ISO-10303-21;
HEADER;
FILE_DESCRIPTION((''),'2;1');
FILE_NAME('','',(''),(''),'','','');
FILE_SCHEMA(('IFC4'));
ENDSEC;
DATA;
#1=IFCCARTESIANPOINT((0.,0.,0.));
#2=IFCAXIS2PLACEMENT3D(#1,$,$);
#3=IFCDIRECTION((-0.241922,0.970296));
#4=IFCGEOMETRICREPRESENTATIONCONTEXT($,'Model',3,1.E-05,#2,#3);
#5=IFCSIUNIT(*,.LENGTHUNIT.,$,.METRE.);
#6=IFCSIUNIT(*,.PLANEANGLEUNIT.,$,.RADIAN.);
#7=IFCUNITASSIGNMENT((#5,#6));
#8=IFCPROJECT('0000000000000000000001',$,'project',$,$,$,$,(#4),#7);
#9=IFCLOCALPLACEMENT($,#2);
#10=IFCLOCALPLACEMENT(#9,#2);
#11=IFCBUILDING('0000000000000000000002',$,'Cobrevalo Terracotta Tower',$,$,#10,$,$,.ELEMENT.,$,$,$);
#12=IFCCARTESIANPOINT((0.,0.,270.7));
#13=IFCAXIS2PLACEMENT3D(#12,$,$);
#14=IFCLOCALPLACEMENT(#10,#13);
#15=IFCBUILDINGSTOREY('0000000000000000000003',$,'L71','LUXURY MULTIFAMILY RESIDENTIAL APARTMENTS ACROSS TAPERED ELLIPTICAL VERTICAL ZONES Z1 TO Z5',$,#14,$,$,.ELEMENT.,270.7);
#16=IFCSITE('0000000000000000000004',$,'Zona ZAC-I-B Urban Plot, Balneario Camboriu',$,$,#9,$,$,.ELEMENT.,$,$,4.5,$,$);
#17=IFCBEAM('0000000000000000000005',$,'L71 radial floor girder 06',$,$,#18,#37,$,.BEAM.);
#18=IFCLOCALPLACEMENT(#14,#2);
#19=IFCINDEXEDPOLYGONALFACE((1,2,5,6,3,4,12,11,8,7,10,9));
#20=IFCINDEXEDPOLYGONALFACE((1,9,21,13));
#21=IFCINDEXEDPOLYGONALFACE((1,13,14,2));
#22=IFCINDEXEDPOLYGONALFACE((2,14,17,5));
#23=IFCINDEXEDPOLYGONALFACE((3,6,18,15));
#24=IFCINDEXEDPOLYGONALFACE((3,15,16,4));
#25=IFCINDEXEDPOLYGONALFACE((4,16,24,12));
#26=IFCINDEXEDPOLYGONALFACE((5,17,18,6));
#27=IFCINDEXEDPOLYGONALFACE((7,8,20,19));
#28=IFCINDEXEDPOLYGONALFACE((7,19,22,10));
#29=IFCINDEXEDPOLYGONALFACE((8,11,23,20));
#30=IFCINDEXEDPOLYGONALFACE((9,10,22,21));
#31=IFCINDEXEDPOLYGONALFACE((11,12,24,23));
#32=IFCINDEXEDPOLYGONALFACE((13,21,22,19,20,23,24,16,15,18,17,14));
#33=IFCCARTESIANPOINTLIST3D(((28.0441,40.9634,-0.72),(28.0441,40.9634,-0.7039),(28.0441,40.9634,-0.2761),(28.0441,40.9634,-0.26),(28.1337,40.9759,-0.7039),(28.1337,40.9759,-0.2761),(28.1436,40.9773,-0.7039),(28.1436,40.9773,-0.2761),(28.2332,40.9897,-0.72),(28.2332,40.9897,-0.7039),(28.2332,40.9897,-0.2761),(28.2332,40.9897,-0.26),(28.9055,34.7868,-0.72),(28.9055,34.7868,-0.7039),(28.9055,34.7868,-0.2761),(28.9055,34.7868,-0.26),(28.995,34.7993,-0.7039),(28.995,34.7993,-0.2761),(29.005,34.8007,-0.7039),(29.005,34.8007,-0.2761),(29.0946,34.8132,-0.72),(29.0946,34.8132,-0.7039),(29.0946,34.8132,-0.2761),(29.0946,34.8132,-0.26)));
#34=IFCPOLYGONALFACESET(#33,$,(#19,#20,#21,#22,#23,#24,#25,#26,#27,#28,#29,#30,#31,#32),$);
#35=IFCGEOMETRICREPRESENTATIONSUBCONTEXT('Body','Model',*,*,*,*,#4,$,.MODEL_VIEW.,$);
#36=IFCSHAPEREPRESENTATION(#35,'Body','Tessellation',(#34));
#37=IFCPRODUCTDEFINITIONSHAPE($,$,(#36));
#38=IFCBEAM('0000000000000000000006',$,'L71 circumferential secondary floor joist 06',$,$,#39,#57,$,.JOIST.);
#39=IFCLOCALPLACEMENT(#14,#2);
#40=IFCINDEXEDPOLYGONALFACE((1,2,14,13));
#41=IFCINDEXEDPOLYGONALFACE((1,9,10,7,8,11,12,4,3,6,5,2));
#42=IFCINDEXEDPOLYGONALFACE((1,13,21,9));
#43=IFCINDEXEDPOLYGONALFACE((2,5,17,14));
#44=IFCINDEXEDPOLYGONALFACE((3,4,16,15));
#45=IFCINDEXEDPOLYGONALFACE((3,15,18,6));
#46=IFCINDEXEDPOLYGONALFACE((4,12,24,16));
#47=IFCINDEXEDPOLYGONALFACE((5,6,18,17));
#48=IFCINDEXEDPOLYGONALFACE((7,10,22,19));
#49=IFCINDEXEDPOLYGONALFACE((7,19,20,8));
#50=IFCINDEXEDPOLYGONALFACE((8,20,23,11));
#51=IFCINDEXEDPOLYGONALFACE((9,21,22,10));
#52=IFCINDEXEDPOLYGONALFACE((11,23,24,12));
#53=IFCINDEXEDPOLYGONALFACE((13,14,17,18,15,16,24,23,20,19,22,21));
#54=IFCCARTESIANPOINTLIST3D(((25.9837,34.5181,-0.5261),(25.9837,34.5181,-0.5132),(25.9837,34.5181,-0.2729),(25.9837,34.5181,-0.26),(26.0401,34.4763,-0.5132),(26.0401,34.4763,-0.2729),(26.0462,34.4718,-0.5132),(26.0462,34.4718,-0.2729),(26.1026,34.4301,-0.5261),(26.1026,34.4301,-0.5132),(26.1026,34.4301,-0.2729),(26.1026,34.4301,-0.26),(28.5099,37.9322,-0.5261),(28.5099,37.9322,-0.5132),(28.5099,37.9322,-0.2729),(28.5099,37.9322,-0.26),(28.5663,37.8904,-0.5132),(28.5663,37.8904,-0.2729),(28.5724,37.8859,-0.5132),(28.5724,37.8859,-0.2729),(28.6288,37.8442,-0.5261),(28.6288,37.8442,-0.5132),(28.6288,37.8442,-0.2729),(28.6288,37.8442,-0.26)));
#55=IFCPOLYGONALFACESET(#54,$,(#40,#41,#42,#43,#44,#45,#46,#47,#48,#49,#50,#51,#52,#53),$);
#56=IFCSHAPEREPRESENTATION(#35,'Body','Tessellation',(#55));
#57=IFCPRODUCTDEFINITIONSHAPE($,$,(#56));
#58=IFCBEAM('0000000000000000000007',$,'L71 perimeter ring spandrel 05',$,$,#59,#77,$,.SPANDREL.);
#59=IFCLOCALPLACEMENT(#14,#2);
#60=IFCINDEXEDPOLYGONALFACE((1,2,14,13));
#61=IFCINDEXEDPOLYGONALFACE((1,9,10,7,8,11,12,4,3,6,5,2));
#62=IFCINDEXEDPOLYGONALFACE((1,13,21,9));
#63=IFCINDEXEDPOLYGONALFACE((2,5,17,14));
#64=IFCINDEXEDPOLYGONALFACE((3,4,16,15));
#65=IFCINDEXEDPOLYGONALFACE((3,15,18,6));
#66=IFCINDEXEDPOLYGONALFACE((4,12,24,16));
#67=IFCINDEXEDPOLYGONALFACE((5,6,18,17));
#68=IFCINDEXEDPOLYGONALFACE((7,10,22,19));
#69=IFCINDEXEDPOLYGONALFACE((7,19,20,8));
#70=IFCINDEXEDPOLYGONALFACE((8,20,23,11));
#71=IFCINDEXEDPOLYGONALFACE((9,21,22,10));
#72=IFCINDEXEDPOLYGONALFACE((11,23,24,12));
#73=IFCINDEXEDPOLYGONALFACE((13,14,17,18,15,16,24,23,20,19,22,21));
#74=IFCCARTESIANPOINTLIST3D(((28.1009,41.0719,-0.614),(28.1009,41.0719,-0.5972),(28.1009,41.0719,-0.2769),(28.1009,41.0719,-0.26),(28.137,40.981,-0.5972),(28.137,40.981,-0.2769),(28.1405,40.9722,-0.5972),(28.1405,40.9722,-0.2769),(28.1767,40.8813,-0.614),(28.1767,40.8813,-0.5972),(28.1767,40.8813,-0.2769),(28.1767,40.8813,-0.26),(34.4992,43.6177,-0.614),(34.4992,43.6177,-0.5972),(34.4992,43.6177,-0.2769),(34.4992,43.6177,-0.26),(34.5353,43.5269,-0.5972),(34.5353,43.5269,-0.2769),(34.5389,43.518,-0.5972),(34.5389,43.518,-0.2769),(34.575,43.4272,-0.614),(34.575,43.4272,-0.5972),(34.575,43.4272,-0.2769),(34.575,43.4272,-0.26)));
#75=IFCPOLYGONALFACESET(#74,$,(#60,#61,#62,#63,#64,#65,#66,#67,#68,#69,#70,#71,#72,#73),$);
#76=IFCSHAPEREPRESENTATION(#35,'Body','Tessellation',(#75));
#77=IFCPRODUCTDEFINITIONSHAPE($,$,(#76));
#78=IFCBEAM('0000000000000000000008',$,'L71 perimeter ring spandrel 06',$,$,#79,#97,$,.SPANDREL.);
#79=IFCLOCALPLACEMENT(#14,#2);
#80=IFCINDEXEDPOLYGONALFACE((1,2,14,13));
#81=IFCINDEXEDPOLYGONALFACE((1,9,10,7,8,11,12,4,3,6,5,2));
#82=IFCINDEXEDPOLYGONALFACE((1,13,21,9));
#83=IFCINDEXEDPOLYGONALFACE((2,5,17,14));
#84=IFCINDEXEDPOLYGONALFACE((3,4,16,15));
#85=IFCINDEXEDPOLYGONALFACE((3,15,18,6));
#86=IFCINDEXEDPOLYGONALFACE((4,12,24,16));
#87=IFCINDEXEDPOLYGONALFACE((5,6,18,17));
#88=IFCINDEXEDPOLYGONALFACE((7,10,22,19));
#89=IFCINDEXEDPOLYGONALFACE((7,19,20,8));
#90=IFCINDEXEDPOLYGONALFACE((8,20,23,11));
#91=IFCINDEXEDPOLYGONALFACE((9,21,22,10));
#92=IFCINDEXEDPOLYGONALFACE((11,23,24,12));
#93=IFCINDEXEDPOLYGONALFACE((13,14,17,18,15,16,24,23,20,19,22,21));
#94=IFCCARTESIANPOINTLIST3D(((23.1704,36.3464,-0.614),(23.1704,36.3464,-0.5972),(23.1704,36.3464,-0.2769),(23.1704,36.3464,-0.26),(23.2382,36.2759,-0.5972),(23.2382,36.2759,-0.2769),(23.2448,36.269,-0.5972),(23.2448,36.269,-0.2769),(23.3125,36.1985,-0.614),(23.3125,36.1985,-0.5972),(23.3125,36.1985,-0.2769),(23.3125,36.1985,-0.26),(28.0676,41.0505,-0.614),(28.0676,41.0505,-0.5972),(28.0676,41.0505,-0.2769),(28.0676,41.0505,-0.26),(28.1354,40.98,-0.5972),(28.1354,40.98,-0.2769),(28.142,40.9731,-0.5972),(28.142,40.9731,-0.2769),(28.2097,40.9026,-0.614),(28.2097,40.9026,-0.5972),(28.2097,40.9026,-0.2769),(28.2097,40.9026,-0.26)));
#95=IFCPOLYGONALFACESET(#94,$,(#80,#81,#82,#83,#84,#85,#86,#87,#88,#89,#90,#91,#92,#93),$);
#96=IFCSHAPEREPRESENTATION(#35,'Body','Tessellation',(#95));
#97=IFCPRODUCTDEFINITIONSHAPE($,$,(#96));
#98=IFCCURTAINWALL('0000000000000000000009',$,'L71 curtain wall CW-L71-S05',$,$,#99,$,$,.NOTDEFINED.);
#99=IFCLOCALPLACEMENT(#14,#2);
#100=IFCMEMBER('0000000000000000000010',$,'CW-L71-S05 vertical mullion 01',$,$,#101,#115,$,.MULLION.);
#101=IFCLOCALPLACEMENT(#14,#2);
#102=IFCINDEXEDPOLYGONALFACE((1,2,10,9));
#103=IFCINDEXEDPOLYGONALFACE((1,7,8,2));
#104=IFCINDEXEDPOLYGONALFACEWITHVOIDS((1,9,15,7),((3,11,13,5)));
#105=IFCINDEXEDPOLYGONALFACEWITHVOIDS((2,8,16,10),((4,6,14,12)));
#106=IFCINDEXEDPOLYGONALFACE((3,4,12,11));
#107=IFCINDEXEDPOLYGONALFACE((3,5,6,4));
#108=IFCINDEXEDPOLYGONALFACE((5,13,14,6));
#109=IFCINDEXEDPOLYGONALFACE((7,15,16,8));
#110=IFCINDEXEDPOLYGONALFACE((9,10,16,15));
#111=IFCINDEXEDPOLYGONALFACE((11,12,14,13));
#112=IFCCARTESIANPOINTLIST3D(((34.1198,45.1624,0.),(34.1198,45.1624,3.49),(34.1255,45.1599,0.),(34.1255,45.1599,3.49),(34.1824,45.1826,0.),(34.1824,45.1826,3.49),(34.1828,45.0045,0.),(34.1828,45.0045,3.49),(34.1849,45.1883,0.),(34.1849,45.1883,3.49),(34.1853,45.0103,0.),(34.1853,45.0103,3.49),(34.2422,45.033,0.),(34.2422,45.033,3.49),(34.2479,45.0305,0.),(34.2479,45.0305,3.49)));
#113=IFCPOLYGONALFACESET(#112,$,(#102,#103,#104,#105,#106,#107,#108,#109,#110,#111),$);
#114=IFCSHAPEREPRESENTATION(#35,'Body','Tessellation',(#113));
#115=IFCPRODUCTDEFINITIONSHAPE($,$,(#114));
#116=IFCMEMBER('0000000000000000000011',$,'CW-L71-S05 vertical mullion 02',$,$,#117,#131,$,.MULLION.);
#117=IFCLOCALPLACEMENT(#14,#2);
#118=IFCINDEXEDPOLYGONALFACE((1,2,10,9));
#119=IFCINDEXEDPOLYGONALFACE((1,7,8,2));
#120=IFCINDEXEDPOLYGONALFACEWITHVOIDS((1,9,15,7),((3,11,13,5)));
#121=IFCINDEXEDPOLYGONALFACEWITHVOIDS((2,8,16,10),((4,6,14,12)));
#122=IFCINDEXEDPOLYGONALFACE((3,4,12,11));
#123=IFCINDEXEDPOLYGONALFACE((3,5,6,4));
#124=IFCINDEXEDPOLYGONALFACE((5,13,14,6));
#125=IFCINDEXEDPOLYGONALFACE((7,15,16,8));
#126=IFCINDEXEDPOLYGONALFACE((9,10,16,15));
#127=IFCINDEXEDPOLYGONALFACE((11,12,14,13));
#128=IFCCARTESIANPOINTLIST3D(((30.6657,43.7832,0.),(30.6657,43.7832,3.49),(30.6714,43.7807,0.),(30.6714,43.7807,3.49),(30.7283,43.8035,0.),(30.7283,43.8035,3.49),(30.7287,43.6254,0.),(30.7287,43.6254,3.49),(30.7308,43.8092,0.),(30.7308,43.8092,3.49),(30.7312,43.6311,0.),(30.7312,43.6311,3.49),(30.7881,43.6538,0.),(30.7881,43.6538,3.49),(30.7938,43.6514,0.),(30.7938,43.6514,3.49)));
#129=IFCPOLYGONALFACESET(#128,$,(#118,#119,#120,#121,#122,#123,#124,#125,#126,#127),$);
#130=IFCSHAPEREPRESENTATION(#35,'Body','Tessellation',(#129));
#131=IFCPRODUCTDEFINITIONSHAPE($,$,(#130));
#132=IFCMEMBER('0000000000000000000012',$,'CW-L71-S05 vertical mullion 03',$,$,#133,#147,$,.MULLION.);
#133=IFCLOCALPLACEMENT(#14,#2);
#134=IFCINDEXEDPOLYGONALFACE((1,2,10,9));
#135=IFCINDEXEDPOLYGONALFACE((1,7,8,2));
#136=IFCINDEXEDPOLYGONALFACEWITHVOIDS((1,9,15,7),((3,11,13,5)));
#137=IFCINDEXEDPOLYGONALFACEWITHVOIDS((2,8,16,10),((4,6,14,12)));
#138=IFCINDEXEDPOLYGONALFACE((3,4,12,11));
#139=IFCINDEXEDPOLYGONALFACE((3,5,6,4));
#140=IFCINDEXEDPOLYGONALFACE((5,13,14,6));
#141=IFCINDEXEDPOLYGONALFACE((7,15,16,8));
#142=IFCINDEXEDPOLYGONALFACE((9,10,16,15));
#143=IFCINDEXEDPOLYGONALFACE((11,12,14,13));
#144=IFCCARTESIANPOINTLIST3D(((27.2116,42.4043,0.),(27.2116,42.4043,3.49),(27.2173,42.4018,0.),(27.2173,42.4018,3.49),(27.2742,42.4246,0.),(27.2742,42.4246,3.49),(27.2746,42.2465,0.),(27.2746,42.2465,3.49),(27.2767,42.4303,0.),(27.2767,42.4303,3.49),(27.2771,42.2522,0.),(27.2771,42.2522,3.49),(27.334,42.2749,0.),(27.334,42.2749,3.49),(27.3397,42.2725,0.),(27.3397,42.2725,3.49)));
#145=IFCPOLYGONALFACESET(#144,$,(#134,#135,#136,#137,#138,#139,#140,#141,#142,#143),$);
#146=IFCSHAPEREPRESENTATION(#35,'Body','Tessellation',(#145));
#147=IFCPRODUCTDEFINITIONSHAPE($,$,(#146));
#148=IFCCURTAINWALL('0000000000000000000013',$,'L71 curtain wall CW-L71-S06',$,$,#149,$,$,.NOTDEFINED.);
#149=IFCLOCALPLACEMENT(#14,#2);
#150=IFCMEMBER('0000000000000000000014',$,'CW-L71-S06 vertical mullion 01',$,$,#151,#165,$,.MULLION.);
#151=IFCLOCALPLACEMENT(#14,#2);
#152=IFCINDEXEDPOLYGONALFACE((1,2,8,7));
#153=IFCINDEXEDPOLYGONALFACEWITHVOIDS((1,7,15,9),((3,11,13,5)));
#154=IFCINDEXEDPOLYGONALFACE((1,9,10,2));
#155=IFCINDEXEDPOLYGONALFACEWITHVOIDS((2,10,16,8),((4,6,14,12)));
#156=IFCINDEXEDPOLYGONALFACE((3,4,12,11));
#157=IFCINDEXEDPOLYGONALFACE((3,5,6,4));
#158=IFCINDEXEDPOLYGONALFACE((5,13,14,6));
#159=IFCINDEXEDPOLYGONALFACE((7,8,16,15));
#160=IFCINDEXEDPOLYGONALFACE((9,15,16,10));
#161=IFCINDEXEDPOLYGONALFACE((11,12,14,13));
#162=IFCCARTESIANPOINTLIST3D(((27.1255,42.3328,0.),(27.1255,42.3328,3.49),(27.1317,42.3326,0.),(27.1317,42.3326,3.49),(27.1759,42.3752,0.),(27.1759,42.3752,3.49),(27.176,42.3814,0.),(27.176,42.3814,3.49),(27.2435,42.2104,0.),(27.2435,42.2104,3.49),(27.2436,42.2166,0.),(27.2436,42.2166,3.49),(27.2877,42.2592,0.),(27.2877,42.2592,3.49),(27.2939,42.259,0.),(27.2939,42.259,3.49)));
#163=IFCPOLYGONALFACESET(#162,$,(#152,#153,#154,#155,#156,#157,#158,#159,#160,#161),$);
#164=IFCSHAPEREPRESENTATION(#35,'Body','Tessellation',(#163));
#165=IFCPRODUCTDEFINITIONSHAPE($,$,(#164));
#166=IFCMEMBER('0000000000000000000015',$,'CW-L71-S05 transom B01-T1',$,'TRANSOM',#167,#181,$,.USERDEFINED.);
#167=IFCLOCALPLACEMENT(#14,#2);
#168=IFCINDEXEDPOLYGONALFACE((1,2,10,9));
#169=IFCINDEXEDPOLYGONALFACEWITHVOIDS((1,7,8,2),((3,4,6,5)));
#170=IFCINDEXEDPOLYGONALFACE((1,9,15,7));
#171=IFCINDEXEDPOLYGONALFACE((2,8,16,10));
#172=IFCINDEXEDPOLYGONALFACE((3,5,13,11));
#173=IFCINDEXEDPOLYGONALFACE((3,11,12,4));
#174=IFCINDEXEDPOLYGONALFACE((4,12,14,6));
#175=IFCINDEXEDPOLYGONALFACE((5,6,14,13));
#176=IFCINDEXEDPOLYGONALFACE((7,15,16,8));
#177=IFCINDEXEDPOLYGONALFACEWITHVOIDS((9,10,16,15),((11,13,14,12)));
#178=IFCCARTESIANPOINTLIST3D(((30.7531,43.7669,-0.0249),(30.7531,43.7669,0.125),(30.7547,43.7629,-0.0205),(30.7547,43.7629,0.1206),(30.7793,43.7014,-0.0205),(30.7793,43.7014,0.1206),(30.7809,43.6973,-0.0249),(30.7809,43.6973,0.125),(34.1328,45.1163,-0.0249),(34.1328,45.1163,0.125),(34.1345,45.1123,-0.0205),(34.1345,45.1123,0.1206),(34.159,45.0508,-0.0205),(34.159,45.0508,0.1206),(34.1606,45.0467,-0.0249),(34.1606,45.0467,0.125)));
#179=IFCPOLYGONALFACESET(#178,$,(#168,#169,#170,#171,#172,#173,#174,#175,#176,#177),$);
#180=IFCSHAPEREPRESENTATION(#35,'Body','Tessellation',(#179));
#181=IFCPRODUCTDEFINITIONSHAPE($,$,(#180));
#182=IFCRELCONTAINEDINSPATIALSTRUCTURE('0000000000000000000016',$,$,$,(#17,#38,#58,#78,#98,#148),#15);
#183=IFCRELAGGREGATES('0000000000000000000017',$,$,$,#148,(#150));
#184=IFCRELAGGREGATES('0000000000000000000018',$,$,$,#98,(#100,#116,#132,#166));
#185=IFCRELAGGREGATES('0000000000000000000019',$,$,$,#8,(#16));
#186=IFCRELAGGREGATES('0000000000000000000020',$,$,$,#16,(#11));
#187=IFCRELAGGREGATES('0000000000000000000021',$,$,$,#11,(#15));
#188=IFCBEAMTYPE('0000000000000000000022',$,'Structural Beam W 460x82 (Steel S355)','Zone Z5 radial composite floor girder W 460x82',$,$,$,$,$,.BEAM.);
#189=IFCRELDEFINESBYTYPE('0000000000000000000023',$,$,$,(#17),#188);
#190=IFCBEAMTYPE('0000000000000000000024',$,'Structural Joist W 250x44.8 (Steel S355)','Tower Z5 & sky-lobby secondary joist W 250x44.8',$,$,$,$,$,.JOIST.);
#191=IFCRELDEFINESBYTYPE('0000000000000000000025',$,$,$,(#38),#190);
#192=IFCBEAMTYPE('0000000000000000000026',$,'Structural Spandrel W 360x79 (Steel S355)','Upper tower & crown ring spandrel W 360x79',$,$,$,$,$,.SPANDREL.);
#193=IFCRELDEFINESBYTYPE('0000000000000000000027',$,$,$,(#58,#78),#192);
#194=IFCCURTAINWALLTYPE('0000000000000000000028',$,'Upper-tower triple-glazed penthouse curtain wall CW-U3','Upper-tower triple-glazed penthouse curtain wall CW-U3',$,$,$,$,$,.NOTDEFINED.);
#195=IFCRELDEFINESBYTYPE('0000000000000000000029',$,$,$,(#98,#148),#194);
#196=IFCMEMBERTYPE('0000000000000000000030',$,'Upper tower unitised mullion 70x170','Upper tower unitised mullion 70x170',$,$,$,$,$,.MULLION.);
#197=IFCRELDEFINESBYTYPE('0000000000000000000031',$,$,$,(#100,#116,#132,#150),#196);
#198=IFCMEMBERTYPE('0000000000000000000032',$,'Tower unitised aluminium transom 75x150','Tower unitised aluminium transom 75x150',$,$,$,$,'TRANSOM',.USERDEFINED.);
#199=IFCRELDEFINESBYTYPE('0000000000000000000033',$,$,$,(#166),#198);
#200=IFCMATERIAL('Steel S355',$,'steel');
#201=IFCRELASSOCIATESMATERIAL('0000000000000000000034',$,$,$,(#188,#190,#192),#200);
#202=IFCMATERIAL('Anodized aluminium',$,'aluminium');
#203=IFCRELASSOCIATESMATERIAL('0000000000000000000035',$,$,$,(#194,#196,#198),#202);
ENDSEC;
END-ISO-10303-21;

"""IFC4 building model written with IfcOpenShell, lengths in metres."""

from ifc_helpers import new_model, si_unit, direction, frame, origin, origin_2d, place, context, subcontext, project, spatial, hollow_rectangle, i_section, extrude, source, transform, mapped, material, material_profile, profile_set, type_object, element, aggregate, save


model = new_model("IFC4")

# Units and contexts
model_context = context("Model", 3, precision=1e-05, world=origin(), true_north=direction((-0.241922, 0.970296)))
body_context = subcontext(model_context, "Body", "Model", "MODEL_VIEW")
ifc_project = project(units=[si_unit("LENGTHUNIT", "METRE"), si_unit("PLANEANGLEUNIT", "RADIAN")], contexts=[model_context])

# Site, building, storey
site_placement = place(None, origin())
site = spatial("IfcSite", under=ifc_project, at=site_placement, Name="Zona ZAC-I-B Urban Plot, Balneario Camboriu", CompositionType="ELEMENT", RefElevation=4.5)
building_placement = place(site_placement, origin())
building = spatial("IfcBuilding", under=site, at=building_placement, Name="Cobrevalo Terracotta Tower", CompositionType="ELEMENT")
storey_placement = place(building_placement, frame((0.0, 0.0, 270.7)))
storey = spatial("IfcBuildingStorey", under=building, at=storey_placement, Name="L71", Description="LUXURY MULTIFAMILY RESIDENTIAL APARTMENTS ACROSS TAPERED ELLIPTICAL VERTICAL ZONES Z1 TO Z5", CompositionType="ELEMENT", Elevation=270.7)

# Shared definitions
ifc_material_1 = material(Name="Steel S355", Category="steel")

# Beams
ifc_material_profile_1 = material_profile(ifc_material_1, i_section(OverallWidth=0.1909, OverallDepth=0.46, WebThickness=0.01, FlangeThickness=0.0161, at=origin_2d()), Name="W 460x82")
ifc_profile_set_1 = profile_set([ifc_material_profile_1], Name="Steel S355")
beam_type_1 = type_object("IfcBeamType", Name="Structural Beam W 460x82 (Steel S355)", Description="Zone Z5 radial composite floor girder W 460x82", PredefinedType="BEAM", material=ifc_profile_set_1)
beam_1_placement = place(storey_placement, frame((28.1387, 40.9766, -0.49), z_axis=(0.138116, -0.990416, 0.0), x_axis=(0.990416, 0.138116, 0.0)))
element("IfcBeam", 1, at=beam_1_placement, inside=storey, type_object=beam_type_1, Name="L71 radial floor girder 06", PredefinedType="BEAM", context=body_context, shape_type="SweptSolid", body=[
    extrude(i_section(OverallWidth=0.1909, OverallDepth=0.46, WebThickness=0.01, FlangeThickness=0.0161, at=origin_2d()), origin(), (0.0, 0.0, 1.0), 6.2363),
])
ifc_material_profile_2 = material_profile(ifc_material_1, i_section(OverallWidth=0.1479, OverallDepth=0.2661, WebThickness=0.0076, FlangeThickness=0.0129, at=origin_2d()), Name="W 250x44.8")
ifc_profile_set_2 = profile_set([ifc_material_profile_2], Name="Steel S355")
beam_type_2 = type_object("IfcBeamType", Name="Structural Joist W 250x44.8 (Steel S355)", Description="Tower Z5 & sky-lobby secondary joist W 250x44.8", PredefinedType="JOIST", material=ifc_profile_set_2)
beam_2_placement = place(storey_placement, frame((28.5693, 37.8882, -0.3931), z_axis=(-0.5948, -0.803874, 0.0), x_axis=(0.803874, -0.5948, 0.0)))
element("IfcBeam", 2, at=beam_2_placement, inside=storey, type_object=beam_type_2, Name="L71 circumferential secondary floor joist 06", PredefinedType="JOIST", context=body_context, shape_type="SweptSolid", body=[
    extrude(i_section(OverallWidth=0.1479, OverallDepth=0.2661, WebThickness=0.0076, FlangeThickness=0.0129, at=origin_2d()), origin(), (0.0, 0.0, 1.0), 4.2471),
])
ifc_material_profile_3 = material_profile(ifc_material_1, i_section(OverallWidth=0.2051, OverallDepth=0.354, WebThickness=0.0095, FlangeThickness=0.0168, at=origin_2d()), Name="W 360x79")
ifc_profile_set_3 = profile_set([ifc_material_profile_3], Name="Steel S355")
beam_type_3 = type_object("IfcBeamType", Name="Structural Spandrel W 360x79 (Steel S355)", Description="Upper tower & crown ring spandrel W 360x79", PredefinedType="SPANDREL", material=ifc_profile_set_3)
beam_3_placement = place(storey_placement, frame((34.5371, 43.5225, -0.437), z_axis=(-0.92915, -0.369703, 0.0), x_axis=(0.369703, -0.92915, 0.0)))
element("IfcBeam", 3, at=beam_3_placement, inside=storey, type_object=beam_type_3, Name="L71 perimeter ring spandrel 05", PredefinedType="SPANDREL", context=body_context, shape_type="SweptSolid", body=[
    extrude(i_section(OverallWidth=0.2051, OverallDepth=0.354, WebThickness=0.0095, FlangeThickness=0.0168, at=origin_2d()), origin(), (0.0, 0.0, 1.0), 6.8862),
])
beam_4_placement = place(storey_placement, frame((28.1387, 40.9766, -0.437), z_axis=(-0.721183, -0.692744, 0.0), x_axis=(0.692744, -0.721183, 0.0)))
element("IfcBeam", 4, at=beam_4_placement, inside=storey, type_object=beam_type_3, Name="L71 perimeter ring spandrel 06", PredefinedType="SPANDREL", context=body_context, shape_type="SweptSolid", body=[
    extrude(i_section(OverallWidth=0.2051, OverallDepth=0.354, WebThickness=0.0095, FlangeThickness=0.0168, at=origin_2d()), origin(), (0.0, 0.0, 1.0), 6.7905),
])

# Curtain wall, members
ifc_material_2 = material(Name="Anodized aluminium", Category="aluminium")
curtain_wall_type = type_object("IfcCurtainWallType", Name="Upper-tower triple-glazed penthouse curtain wall CW-U3", Description="Upper-tower triple-glazed penthouse curtain wall CW-U3", PredefinedType="NOTDEFINED", material=ifc_material_2)
curtain_wall_1_placement = place(storey_placement, origin())
curtain_wall_1 = element("IfcCurtainWall", 5, at=curtain_wall_1_placement, inside=storey, type_object=curtain_wall_type, Name="L71 curtain wall CW-L71-S05", PredefinedType="NOTDEFINED")
ifc_material_profile_4 = material_profile(ifc_material_2, hollow_rectangle(XDim=0.0701, YDim=0.1699, WallThickness=0.0044, at=origin_2d()), Name="CWM 70x170")
ifc_profile_set_4 = profile_set([ifc_material_profile_4], Name="Anodized aluminium")
member_type_1 = type_object("IfcMemberType", Name="Upper tower unitised mullion 70x170", Description="Upper tower unitised mullion 70x170", PredefinedType="MULLION", material=ifc_profile_set_4)
shared_shape_1 = source(origin(), body_context, "Body", "SweptSolid", [
    extrude(hollow_rectangle(XDim=0.0701, YDim=0.1699, WallThickness=0.0044, at=origin_2d()), origin(), (0.0, 0.0, 1.0), 3.49),
])
member_1_placement = place(storey_placement, frame((34.1838, 45.0964, 0.0), z_axis=(0.0, 0.0, 1.0), x_axis=(-0.928719, -0.370784, 0.0)))
member_1 = element("IfcMember", 6, at=member_1_placement, type_object=member_type_1, Name="CW-L71-S05 vertical mullion 01", PredefinedType="MULLION", context=body_context, shape_type="MappedRepresentation", body=[
    mapped(shared_shape_1, transform((0.0, 0.0, 0.0), scale=1.0)),
])
member_2_placement = place(storey_placement, frame((30.7297, 43.7173, 0.0), z_axis=(0.0, 0.0, 1.0), x_axis=(-0.928719, -0.370784, 0.0)))
member_2 = element("IfcMember", 7, at=member_2_placement, type_object=member_type_1, Name="CW-L71-S05 vertical mullion 02", PredefinedType="MULLION", context=body_context, shape_type="MappedRepresentation", body=[
    mapped(shared_shape_1, transform((0.0, 0.0, 0.0), scale=1.0)),
])
member_3_placement = place(storey_placement, frame((27.2756, 42.3384, 0.0), z_axis=(0.0, 0.0, 1.0), x_axis=(-0.928719, -0.370784, 0.0)))
member_3 = element("IfcMember", 8, at=member_3_placement, type_object=member_type_1, Name="CW-L71-S05 vertical mullion 03", PredefinedType="MULLION", context=body_context, shape_type="MappedRepresentation", body=[
    mapped(shared_shape_1, transform((0.0, 0.0, 0.0), scale=1.0)),
])

# Curtain wall, member
curtain_wall_2_placement = place(storey_placement, origin())
curtain_wall_2 = element("IfcCurtainWall", 9, at=curtain_wall_2_placement, inside=storey, type_object=curtain_wall_type, Name="L71 curtain wall CW-L71-S06", PredefinedType="NOTDEFINED")
member_4_placement = place(storey_placement, frame((27.2097, 42.2959, 0.0), z_axis=(0.0, 0.0, 1.0), x_axis=(-0.719994, -0.69398, 0.0)))
member_4 = element("IfcMember", 10, at=member_4_placement, type_object=member_type_1, Name="CW-L71-S06 vertical mullion 01", PredefinedType="MULLION", context=body_context, shape_type="MappedRepresentation", body=[
    mapped(shared_shape_1, transform((0.0, 0.0, 0.0), scale=1.0)),
])
aggregate(curtain_wall_2, [member_4])

# Member
ifc_material_profile_5 = material_profile(ifc_material_2, hollow_rectangle(XDim=0.075, YDim=0.1499, WallThickness=0.0044, at=origin_2d()), Name="CWT 75x150")
ifc_profile_set_5 = profile_set([ifc_material_profile_5], Name="Anodized aluminium")
member_type_2 = type_object("IfcMemberType", Name="Tower unitised aluminium transom 75x150", Description="Tower unitised aluminium transom 75x150", ElementType="TRANSOM", PredefinedType="USERDEFINED", material=ifc_profile_set_5)
shared_shape_2 = source(origin(), body_context, "Body", "SweptSolid", [
    extrude(hollow_rectangle(XDim=0.075, YDim=0.1499, WallThickness=0.0044, at=origin_2d()), origin(), (0.0, 0.0, 1.0), 3.6392),
])
member_5_placement = place(storey_placement, frame((34.1467, 45.0815, 0.05), z_axis=(-0.928712, -0.370801, 0.0), x_axis=(0.370801, -0.928712, 0.0)))
member_5 = element("IfcMember", 11, at=member_5_placement, type_object=member_type_2, Name="CW-L71-S05 transom B01-T1", ObjectType="TRANSOM", PredefinedType="USERDEFINED", context=body_context, shape_type="MappedRepresentation", body=[
    mapped(shared_shape_2, transform((0.0, 0.0, 0.0), scale=1.0)),
])

aggregate(curtain_wall_1, [member_1, member_2, member_3, member_5])

save(model, "model.ifc")
